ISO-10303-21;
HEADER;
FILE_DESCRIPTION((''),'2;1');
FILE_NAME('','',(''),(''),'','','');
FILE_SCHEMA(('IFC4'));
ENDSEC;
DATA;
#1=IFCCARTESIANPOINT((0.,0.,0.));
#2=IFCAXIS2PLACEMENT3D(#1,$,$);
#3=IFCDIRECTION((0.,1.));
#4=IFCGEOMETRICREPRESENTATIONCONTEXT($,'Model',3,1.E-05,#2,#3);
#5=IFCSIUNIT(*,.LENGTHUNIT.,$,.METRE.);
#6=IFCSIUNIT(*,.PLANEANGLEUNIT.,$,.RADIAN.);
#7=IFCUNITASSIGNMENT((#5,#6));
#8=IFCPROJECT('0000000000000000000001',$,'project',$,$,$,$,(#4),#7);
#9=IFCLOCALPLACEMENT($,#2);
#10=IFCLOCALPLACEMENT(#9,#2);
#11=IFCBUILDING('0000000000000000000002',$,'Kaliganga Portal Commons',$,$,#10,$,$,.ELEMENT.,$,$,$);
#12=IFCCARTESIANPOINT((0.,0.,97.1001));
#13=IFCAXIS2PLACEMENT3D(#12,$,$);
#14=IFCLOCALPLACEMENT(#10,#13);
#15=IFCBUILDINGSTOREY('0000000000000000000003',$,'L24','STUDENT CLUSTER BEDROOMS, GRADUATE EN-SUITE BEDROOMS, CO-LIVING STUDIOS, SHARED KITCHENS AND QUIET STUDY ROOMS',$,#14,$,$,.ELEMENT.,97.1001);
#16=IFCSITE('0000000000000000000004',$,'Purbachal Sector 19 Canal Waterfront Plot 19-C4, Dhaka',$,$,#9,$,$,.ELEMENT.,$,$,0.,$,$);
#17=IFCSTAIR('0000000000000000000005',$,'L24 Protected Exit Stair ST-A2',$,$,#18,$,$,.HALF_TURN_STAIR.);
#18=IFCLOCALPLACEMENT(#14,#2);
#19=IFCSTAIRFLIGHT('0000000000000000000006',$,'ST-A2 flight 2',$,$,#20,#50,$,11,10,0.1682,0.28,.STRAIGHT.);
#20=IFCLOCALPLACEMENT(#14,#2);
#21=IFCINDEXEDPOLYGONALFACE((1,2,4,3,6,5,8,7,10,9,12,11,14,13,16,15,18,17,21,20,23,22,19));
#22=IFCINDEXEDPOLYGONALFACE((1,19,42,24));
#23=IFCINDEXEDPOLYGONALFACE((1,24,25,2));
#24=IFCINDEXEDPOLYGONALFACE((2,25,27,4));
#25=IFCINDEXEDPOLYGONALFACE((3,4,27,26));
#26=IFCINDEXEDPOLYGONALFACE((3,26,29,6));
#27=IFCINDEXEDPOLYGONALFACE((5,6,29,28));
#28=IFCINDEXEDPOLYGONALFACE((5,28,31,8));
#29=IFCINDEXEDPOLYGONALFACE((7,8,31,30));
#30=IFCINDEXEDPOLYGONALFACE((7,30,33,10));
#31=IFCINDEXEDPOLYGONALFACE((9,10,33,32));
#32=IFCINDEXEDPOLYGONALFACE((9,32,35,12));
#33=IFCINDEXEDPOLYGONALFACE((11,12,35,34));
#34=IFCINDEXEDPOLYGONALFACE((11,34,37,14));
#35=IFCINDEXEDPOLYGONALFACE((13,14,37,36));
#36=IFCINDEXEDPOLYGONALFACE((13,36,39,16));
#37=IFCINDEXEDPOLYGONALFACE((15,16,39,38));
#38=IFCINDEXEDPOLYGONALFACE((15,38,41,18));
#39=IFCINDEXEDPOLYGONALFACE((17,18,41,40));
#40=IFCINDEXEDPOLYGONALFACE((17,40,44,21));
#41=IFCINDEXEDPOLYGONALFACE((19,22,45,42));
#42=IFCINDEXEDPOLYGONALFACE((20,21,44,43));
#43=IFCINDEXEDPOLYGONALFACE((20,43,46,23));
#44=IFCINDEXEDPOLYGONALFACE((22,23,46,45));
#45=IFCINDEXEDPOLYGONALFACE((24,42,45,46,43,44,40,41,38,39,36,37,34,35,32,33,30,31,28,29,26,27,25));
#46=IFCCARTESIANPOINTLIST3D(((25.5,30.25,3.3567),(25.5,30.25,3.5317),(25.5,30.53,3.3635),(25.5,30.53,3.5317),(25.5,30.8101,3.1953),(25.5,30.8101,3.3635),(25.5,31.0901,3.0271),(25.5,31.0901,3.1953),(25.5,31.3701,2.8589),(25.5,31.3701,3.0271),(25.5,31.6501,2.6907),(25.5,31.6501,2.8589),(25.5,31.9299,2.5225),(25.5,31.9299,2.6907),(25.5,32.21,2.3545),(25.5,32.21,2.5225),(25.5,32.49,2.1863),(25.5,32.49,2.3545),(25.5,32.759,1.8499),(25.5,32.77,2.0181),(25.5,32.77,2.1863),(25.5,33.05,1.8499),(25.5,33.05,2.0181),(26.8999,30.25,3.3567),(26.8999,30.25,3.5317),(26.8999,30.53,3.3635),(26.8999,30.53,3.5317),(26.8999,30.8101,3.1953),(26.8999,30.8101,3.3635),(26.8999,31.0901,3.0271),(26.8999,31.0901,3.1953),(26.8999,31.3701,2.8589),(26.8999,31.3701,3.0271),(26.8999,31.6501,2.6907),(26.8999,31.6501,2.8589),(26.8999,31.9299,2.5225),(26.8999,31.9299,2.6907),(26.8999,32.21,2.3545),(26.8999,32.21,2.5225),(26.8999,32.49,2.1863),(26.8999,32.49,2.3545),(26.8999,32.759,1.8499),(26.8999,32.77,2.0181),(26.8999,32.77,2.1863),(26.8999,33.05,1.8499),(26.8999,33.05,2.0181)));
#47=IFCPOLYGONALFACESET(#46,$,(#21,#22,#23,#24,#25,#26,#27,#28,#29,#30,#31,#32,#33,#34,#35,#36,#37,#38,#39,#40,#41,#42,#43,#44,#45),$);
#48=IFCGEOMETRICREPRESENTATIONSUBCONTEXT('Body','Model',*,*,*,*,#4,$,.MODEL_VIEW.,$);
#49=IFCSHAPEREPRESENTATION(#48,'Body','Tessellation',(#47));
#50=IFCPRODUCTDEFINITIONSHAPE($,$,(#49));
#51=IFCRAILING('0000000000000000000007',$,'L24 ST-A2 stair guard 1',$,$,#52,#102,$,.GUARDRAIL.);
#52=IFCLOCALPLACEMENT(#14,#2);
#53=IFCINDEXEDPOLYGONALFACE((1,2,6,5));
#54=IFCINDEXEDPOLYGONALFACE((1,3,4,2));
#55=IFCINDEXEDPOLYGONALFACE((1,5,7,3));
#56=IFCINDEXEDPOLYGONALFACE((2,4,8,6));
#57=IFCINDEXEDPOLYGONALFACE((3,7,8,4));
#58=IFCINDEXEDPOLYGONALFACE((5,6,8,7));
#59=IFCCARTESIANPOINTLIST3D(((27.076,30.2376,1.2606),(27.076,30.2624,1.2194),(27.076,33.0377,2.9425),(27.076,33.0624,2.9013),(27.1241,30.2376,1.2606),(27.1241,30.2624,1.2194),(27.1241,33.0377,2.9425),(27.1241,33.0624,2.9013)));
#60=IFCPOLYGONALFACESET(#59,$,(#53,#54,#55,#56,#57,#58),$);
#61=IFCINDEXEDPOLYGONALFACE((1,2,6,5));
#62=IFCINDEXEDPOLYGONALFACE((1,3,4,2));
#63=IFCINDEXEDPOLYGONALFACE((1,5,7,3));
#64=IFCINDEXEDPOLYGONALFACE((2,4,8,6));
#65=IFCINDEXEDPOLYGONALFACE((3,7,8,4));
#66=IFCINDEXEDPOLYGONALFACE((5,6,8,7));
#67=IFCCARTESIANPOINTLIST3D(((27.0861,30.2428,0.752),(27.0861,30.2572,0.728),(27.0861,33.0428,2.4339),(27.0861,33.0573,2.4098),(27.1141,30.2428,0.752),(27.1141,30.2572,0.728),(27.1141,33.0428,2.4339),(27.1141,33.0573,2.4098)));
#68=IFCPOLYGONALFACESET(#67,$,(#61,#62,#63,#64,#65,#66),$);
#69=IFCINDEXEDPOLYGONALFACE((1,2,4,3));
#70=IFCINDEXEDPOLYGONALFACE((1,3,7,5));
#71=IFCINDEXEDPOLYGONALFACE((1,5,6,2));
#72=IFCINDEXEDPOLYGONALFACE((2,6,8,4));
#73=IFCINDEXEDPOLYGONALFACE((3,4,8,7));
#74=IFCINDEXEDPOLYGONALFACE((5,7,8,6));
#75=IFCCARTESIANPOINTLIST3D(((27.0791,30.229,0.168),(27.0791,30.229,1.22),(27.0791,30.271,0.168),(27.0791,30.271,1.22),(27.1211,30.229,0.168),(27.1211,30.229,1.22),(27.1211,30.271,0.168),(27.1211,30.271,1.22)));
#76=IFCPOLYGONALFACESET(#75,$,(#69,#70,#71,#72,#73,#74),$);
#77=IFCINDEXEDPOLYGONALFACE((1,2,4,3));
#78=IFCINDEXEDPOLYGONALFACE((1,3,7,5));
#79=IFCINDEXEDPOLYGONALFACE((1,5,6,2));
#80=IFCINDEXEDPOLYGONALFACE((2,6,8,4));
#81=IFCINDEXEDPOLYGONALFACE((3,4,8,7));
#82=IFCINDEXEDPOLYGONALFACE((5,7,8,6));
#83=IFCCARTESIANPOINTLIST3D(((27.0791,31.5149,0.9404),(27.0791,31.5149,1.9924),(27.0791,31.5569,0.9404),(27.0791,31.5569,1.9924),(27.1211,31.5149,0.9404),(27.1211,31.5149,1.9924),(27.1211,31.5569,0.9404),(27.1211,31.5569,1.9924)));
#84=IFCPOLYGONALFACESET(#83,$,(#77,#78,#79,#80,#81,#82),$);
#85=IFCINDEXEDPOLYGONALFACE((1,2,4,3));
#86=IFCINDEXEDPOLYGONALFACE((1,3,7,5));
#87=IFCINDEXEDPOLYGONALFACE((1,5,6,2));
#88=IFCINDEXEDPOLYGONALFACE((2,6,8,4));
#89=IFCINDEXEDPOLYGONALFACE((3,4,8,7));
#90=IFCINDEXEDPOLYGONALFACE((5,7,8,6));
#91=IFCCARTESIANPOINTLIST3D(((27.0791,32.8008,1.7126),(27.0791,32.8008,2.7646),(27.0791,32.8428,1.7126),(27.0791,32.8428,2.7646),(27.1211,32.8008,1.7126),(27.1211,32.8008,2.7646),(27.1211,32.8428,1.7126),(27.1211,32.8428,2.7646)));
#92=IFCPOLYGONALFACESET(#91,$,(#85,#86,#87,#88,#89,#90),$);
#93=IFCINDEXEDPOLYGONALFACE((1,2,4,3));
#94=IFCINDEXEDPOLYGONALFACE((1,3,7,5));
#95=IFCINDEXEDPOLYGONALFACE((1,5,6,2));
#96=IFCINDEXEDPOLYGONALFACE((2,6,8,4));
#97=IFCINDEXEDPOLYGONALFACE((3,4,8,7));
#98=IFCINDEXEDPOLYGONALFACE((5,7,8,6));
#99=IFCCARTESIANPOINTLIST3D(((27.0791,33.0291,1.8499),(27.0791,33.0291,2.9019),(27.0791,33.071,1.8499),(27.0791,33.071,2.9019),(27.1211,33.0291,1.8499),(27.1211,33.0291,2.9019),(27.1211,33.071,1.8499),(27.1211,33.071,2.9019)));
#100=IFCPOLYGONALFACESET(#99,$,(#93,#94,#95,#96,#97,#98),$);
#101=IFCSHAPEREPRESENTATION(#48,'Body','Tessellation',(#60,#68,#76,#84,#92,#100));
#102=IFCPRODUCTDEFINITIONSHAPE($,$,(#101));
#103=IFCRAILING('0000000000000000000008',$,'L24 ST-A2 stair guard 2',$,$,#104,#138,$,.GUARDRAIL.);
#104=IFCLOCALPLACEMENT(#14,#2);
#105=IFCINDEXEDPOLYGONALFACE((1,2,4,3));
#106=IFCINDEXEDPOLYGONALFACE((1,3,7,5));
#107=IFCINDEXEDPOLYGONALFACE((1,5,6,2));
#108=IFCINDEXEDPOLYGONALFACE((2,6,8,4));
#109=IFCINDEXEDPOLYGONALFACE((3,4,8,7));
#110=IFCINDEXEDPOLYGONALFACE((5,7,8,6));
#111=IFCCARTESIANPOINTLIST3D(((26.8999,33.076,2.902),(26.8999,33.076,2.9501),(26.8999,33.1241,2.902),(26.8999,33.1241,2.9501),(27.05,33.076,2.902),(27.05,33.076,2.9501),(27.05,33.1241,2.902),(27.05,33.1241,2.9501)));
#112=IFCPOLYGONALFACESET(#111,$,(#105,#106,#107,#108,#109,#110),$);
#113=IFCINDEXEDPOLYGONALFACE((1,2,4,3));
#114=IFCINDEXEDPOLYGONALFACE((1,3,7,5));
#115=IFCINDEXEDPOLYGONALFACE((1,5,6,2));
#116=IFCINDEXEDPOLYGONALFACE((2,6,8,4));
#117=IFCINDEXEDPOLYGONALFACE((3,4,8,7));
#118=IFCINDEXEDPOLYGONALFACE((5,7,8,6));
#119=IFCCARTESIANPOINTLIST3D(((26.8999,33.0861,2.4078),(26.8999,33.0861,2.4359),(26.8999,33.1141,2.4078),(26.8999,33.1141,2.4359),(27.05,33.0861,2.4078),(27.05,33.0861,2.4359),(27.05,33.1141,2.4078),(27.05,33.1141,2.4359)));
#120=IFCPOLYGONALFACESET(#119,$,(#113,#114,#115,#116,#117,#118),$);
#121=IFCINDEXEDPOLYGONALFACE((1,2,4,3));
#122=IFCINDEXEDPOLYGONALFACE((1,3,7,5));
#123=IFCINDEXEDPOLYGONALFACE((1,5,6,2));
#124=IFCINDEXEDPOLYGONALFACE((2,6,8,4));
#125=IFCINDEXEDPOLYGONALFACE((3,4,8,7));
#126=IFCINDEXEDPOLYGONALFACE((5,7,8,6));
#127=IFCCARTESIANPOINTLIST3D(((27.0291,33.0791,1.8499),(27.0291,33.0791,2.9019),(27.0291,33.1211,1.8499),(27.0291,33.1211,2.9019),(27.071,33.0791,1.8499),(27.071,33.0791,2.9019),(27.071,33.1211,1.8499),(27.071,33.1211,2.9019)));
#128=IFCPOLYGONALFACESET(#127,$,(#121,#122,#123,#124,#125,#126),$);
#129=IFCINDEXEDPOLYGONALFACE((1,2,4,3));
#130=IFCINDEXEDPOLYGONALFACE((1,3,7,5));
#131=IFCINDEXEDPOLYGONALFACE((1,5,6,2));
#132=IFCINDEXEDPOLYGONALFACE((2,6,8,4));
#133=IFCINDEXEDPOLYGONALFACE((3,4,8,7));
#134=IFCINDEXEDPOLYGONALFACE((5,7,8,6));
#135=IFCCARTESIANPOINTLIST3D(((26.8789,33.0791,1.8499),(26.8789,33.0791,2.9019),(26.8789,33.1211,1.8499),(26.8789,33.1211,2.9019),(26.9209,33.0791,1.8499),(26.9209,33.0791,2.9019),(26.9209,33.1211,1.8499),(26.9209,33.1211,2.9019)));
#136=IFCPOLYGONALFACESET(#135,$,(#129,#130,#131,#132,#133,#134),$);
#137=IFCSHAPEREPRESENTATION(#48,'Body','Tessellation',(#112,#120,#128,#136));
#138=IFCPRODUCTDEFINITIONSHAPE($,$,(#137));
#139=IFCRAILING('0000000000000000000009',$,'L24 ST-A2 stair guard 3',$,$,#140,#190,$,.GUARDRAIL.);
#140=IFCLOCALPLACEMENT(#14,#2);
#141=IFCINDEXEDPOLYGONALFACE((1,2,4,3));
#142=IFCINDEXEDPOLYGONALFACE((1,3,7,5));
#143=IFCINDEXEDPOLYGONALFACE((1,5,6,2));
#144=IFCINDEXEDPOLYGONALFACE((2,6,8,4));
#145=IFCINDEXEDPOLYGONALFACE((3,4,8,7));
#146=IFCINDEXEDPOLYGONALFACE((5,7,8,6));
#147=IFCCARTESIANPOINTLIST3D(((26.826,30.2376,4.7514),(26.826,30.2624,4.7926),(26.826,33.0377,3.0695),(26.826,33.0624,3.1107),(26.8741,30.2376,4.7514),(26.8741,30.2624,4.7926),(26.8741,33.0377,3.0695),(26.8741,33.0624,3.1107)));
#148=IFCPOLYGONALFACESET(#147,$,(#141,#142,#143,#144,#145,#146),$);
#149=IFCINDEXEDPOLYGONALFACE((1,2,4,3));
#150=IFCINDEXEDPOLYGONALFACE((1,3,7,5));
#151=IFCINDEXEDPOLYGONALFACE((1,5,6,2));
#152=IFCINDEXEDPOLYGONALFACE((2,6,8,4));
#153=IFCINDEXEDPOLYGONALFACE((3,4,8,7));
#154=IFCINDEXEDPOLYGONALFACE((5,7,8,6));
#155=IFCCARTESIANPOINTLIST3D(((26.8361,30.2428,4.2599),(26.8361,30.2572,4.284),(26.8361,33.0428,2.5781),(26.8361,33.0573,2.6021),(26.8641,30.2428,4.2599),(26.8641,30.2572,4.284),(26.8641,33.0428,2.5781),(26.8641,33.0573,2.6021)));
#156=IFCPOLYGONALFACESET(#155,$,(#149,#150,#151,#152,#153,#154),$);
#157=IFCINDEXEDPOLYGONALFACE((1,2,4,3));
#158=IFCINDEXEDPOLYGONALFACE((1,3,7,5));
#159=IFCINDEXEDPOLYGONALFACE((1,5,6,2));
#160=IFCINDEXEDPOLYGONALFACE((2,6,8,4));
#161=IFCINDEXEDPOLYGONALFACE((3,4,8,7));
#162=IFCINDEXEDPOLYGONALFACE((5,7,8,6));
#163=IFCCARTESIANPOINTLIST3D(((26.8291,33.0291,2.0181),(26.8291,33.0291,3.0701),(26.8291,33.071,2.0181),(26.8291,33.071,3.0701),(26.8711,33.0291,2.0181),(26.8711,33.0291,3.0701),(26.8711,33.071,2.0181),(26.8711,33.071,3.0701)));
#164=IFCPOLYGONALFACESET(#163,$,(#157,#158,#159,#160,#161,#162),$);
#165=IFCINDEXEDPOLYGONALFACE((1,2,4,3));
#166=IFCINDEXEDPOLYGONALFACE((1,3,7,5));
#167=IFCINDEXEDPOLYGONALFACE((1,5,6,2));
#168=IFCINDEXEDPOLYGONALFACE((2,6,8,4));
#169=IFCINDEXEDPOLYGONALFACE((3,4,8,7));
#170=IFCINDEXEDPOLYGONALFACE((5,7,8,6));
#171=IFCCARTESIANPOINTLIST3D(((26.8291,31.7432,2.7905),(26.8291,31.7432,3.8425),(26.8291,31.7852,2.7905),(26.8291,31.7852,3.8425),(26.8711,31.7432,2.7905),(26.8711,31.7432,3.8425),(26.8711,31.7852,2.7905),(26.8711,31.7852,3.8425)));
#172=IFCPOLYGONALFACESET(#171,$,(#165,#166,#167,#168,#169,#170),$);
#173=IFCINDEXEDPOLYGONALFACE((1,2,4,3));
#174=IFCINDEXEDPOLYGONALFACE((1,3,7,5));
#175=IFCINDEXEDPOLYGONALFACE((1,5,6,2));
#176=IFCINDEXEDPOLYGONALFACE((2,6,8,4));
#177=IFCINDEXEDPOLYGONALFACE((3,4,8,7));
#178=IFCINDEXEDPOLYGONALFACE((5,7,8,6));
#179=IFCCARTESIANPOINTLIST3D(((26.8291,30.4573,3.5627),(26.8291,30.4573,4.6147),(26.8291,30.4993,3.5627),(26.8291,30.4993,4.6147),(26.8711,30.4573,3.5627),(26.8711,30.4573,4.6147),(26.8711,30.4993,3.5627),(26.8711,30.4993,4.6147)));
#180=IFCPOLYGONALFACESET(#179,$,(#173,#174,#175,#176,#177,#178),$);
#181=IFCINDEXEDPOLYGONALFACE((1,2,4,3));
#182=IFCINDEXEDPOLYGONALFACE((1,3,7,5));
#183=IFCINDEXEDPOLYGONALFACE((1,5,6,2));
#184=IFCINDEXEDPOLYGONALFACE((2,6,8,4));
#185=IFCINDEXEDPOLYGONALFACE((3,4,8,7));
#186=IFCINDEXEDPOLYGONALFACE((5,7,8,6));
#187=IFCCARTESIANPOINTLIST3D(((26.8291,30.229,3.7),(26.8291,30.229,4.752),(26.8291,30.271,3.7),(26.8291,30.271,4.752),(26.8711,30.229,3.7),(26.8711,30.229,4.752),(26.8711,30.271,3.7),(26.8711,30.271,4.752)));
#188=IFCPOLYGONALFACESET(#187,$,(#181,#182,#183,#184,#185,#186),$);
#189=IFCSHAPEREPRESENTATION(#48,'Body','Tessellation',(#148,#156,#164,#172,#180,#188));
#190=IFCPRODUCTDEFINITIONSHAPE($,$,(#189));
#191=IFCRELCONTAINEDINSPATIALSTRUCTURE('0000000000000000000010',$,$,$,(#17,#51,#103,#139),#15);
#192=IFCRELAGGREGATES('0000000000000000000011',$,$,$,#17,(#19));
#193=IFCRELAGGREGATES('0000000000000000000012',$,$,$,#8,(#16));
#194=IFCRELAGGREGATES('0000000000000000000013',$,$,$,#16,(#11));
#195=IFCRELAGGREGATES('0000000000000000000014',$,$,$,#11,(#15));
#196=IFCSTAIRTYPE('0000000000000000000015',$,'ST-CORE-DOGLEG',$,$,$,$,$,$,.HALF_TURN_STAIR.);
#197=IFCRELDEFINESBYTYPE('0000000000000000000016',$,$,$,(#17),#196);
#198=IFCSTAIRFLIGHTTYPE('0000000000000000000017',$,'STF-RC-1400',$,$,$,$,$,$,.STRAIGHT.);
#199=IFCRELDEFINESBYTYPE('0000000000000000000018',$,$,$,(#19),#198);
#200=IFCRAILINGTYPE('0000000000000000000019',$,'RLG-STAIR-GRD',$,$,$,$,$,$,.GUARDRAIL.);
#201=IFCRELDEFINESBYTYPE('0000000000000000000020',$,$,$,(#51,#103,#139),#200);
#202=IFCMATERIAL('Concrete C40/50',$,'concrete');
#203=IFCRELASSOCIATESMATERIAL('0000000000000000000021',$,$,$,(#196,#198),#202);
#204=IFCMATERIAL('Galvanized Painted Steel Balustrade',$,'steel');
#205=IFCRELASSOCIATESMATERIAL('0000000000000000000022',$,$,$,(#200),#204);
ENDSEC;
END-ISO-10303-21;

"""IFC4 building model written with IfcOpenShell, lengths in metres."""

from ifc_helpers import new_model, si_unit, direction, frame, origin, origin_2d, place, context, subcontext, project, spatial, polyline, rectangle, outline, extrude, material, type_object, element, aggregate, save


model = new_model("IFC4")

# Units and contexts
model_context = context("Model", 3, precision=1e-05, world=origin(), true_north=direction((0.0, 1.0)))
body_context = subcontext(model_context, "Body", "Model", "MODEL_VIEW")
ifc_project = project(units=[si_unit("LENGTHUNIT", "METRE"), si_unit("PLANEANGLEUNIT", "RADIAN")], contexts=[model_context])

# Site, building, storey
site_placement = place(None, origin())
site = spatial("IfcSite", under=ifc_project, at=site_placement, Name="Purbachal Sector 19 Canal Waterfront Plot 19-C4, Dhaka", CompositionType="ELEMENT", RefElevation=0.0)
building_placement = place(site_placement, origin())
building = spatial("IfcBuilding", under=site, at=building_placement, Name="Kaliganga Portal Commons", CompositionType="ELEMENT")
storey_placement = place(building_placement, frame((0.0, 0.0, 97.1001)))
storey = spatial("IfcBuildingStorey", under=building, at=storey_placement, Name="L24", Description="STUDENT CLUSTER BEDROOMS, GRADUATE EN-SUITE BEDROOMS, CO-LIVING STUDIOS, SHARED KITCHENS AND QUIET STUDY ROOMS", CompositionType="ELEMENT", Elevation=97.1001)

# Stair, stair flight
ifc_material_1 = material(Name="Concrete C40/50", Category="concrete")
stair_type = type_object("IfcStairType", Name="ST-CORE-DOGLEG", PredefinedType="HALF_TURN_STAIR", material=ifc_material_1)
stair_placement = place(storey_placement, origin())
stair = element("IfcStair", 1, at=stair_placement, inside=storey, type_object=stair_type, Name="L24 Protected Exit Stair ST-A2", PredefinedType="HALF_TURN_STAIR")
stair_flight_type = type_object("IfcStairFlightType", Name="STF-RC-1400", PredefinedType="STRAIGHT", material=ifc_material_1)
stair_flight_1_placement = place(storey_placement, frame((26.2, 33.05, 1.8499), z_axis=(0.0, 0.0, 1.0), x_axis=(0.0, -1.0, 0.0)))
stair_flight_1 = element("IfcStairFlight", 2, at=stair_flight_1_placement, type_object=stair_flight_type, Name="ST-A2 flight 2", NumberOfRisers=11, NumberOfTreads=10, PredefinedType="STRAIGHT", RiserHeight=0.1682, TreadLength=0.28, context=body_context, shape_type="SweptSolid", body=[
    extrude(outline(polyline([(0.0, 0.0), (0.0, 0.1682), (0.28, 0.1682), (0.28, 0.3364), (0.5601, 0.3364), (0.5601, 0.5046), (0.8401, 0.5046), (0.8401, 0.6726), (1.1201, 0.6726), (1.1201, 0.8408), (1.3999, 0.8408), (1.3999, 1.009), (1.6799, 1.009), (1.6799, 1.1772), (1.96, 1.1772), (1.96, 1.3455), (2.24, 1.3455), (2.24, 1.5137), (2.52, 1.5137), (2.52, 1.6819), (2.8, 1.6819), (2.8, 1.8501), (2.8, 1.5068), (0.291, 0.0), (0.0, 0.0)])), frame((0.0, 0.7, 0.0), z_axis=(0.0, -1.0, 0.0), x_axis=(1.0, 0.0, 0.0)), (0.0, 0.0, 1.0), 1.3999),
])
aggregate(stair, [stair_flight_1])

# Railings
ifc_material_2 = material(Name="Galvanized Painted Steel Balustrade", Category="steel")
railing_type_1 = type_object("IfcRailingType", Name="RLG-STAIR-GRD", PredefinedType="GUARDRAIL", material=ifc_material_2)
railing_1_placement = place(storey_placement, frame((27.1001, 30.25, 0.168)))
element("IfcRailing", 3, at=railing_1_placement, inside=storey, type_object=railing_type_1, Name="L24 ST-A2 stair guard 1", PredefinedType="GUARDRAIL", context=body_context, shape_type="SweptSolid", body=[
    extrude(rectangle(XDim=0.0481, YDim=0.0481, at=origin_2d()), frame((0.0, 0.0, 1.072), z_axis=(0.0, 0.857242, 0.514913), x_axis=(-1.0, 0.0, 0.0)), (0.0, 0.0, 1.0), 3.2664),
    extrude(rectangle(XDim=0.0281, YDim=0.0281, at=origin_2d()), frame((0.0, 0.0, 0.572), z_axis=(0.0, 0.857242, 0.514913), x_axis=(-1.0, 0.0, 0.0)), (0.0, 0.0, 1.0), 3.2664),
    extrude(rectangle(XDim=0.042, YDim=0.042, at=origin_2d()), origin(), (0.0, 0.0, 1.0), 1.052),
    extrude(rectangle(XDim=0.042, YDim=0.042, at=origin_2d()), frame((0.0, 1.2859, 0.7725)), (0.0, 0.0, 1.0), 1.052),
    extrude(rectangle(XDim=0.042, YDim=0.042, at=origin_2d()), frame((0.0, 2.5718, 1.5447)), (0.0, 0.0, 1.0), 1.052),
    extrude(rectangle(XDim=0.042, YDim=0.042, at=origin_2d()), frame((0.0, 2.8, 1.6819)), (0.0, 0.0, 1.0), 1.052),
])
railing_2_placement = place(storey_placement, frame((27.05, 33.1001, 1.8499)))
element("IfcRailing", 4, at=railing_2_placement, inside=storey, type_object=railing_type_1, Name="L24 ST-A2 stair guard 2", PredefinedType="GUARDRAIL", context=body_context, shape_type="SweptSolid", body=[
    extrude(rectangle(XDim=0.0481, YDim=0.0481, at=origin_2d()), frame((0.0, 0.0, 1.0762), z_axis=(-1.0, 0.0, 0.0), x_axis=(0.0, -1.0, 0.0)), (0.0, 0.0, 1.0), 0.1501),
    extrude(rectangle(XDim=0.0281, YDim=0.0281, at=origin_2d()), frame((0.0, 0.0, 0.572), z_axis=(-1.0, 0.0, 0.0), x_axis=(0.0, -1.0, 0.0)), (0.0, 0.0, 1.0), 0.1501),
    extrude(rectangle(XDim=0.042, YDim=0.042, at=origin_2d()), origin(), (0.0, 0.0, 1.0), 1.052),
    extrude(rectangle(XDim=0.042, YDim=0.042, at=origin_2d()), frame((-0.1501, 0.0, 0.0)), (0.0, 0.0, 1.0), 1.052),
])
railing_3_placement = place(storey_placement, frame((26.8501, 33.05, 2.0181)))
element("IfcRailing", 5, at=railing_3_placement, inside=storey, type_object=railing_type_1, Name="L24 ST-A2 stair guard 3", PredefinedType="GUARDRAIL", context=body_context, shape_type="SweptSolid", body=[
    extrude(rectangle(XDim=0.0481, YDim=0.0481, at=origin_2d()), frame((0.0, 0.0, 1.072), z_axis=(0.0, -0.857242, 0.514913), x_axis=(1.0, 0.0, 0.0)), (0.0, 0.0, 1.0), 3.2664),
    extrude(rectangle(XDim=0.0281, YDim=0.0281, at=origin_2d()), frame((0.0, 0.0, 0.572), z_axis=(0.0, -0.857242, 0.514913), x_axis=(1.0, 0.0, 0.0)), (0.0, 0.0, 1.0), 3.2664),
    extrude(rectangle(XDim=0.042, YDim=0.042, at=origin_2d()), origin(), (0.0, 0.0, 1.0), 1.052),
    extrude(rectangle(XDim=0.042, YDim=0.042, at=origin_2d()), frame((0.0, -1.2859, 0.7725)), (0.0, 0.0, 1.0), 1.052),
    extrude(rectangle(XDim=0.042, YDim=0.042, at=origin_2d()), frame((0.0, -2.5718, 1.5447)), (0.0, 0.0, 1.0), 1.052),
    extrude(rectangle(XDim=0.042, YDim=0.042, at=origin_2d()), frame((0.0, -2.8, 1.6819)), (0.0, 0.0, 1.0), 1.052),
])

save(model, "model.ifc")
